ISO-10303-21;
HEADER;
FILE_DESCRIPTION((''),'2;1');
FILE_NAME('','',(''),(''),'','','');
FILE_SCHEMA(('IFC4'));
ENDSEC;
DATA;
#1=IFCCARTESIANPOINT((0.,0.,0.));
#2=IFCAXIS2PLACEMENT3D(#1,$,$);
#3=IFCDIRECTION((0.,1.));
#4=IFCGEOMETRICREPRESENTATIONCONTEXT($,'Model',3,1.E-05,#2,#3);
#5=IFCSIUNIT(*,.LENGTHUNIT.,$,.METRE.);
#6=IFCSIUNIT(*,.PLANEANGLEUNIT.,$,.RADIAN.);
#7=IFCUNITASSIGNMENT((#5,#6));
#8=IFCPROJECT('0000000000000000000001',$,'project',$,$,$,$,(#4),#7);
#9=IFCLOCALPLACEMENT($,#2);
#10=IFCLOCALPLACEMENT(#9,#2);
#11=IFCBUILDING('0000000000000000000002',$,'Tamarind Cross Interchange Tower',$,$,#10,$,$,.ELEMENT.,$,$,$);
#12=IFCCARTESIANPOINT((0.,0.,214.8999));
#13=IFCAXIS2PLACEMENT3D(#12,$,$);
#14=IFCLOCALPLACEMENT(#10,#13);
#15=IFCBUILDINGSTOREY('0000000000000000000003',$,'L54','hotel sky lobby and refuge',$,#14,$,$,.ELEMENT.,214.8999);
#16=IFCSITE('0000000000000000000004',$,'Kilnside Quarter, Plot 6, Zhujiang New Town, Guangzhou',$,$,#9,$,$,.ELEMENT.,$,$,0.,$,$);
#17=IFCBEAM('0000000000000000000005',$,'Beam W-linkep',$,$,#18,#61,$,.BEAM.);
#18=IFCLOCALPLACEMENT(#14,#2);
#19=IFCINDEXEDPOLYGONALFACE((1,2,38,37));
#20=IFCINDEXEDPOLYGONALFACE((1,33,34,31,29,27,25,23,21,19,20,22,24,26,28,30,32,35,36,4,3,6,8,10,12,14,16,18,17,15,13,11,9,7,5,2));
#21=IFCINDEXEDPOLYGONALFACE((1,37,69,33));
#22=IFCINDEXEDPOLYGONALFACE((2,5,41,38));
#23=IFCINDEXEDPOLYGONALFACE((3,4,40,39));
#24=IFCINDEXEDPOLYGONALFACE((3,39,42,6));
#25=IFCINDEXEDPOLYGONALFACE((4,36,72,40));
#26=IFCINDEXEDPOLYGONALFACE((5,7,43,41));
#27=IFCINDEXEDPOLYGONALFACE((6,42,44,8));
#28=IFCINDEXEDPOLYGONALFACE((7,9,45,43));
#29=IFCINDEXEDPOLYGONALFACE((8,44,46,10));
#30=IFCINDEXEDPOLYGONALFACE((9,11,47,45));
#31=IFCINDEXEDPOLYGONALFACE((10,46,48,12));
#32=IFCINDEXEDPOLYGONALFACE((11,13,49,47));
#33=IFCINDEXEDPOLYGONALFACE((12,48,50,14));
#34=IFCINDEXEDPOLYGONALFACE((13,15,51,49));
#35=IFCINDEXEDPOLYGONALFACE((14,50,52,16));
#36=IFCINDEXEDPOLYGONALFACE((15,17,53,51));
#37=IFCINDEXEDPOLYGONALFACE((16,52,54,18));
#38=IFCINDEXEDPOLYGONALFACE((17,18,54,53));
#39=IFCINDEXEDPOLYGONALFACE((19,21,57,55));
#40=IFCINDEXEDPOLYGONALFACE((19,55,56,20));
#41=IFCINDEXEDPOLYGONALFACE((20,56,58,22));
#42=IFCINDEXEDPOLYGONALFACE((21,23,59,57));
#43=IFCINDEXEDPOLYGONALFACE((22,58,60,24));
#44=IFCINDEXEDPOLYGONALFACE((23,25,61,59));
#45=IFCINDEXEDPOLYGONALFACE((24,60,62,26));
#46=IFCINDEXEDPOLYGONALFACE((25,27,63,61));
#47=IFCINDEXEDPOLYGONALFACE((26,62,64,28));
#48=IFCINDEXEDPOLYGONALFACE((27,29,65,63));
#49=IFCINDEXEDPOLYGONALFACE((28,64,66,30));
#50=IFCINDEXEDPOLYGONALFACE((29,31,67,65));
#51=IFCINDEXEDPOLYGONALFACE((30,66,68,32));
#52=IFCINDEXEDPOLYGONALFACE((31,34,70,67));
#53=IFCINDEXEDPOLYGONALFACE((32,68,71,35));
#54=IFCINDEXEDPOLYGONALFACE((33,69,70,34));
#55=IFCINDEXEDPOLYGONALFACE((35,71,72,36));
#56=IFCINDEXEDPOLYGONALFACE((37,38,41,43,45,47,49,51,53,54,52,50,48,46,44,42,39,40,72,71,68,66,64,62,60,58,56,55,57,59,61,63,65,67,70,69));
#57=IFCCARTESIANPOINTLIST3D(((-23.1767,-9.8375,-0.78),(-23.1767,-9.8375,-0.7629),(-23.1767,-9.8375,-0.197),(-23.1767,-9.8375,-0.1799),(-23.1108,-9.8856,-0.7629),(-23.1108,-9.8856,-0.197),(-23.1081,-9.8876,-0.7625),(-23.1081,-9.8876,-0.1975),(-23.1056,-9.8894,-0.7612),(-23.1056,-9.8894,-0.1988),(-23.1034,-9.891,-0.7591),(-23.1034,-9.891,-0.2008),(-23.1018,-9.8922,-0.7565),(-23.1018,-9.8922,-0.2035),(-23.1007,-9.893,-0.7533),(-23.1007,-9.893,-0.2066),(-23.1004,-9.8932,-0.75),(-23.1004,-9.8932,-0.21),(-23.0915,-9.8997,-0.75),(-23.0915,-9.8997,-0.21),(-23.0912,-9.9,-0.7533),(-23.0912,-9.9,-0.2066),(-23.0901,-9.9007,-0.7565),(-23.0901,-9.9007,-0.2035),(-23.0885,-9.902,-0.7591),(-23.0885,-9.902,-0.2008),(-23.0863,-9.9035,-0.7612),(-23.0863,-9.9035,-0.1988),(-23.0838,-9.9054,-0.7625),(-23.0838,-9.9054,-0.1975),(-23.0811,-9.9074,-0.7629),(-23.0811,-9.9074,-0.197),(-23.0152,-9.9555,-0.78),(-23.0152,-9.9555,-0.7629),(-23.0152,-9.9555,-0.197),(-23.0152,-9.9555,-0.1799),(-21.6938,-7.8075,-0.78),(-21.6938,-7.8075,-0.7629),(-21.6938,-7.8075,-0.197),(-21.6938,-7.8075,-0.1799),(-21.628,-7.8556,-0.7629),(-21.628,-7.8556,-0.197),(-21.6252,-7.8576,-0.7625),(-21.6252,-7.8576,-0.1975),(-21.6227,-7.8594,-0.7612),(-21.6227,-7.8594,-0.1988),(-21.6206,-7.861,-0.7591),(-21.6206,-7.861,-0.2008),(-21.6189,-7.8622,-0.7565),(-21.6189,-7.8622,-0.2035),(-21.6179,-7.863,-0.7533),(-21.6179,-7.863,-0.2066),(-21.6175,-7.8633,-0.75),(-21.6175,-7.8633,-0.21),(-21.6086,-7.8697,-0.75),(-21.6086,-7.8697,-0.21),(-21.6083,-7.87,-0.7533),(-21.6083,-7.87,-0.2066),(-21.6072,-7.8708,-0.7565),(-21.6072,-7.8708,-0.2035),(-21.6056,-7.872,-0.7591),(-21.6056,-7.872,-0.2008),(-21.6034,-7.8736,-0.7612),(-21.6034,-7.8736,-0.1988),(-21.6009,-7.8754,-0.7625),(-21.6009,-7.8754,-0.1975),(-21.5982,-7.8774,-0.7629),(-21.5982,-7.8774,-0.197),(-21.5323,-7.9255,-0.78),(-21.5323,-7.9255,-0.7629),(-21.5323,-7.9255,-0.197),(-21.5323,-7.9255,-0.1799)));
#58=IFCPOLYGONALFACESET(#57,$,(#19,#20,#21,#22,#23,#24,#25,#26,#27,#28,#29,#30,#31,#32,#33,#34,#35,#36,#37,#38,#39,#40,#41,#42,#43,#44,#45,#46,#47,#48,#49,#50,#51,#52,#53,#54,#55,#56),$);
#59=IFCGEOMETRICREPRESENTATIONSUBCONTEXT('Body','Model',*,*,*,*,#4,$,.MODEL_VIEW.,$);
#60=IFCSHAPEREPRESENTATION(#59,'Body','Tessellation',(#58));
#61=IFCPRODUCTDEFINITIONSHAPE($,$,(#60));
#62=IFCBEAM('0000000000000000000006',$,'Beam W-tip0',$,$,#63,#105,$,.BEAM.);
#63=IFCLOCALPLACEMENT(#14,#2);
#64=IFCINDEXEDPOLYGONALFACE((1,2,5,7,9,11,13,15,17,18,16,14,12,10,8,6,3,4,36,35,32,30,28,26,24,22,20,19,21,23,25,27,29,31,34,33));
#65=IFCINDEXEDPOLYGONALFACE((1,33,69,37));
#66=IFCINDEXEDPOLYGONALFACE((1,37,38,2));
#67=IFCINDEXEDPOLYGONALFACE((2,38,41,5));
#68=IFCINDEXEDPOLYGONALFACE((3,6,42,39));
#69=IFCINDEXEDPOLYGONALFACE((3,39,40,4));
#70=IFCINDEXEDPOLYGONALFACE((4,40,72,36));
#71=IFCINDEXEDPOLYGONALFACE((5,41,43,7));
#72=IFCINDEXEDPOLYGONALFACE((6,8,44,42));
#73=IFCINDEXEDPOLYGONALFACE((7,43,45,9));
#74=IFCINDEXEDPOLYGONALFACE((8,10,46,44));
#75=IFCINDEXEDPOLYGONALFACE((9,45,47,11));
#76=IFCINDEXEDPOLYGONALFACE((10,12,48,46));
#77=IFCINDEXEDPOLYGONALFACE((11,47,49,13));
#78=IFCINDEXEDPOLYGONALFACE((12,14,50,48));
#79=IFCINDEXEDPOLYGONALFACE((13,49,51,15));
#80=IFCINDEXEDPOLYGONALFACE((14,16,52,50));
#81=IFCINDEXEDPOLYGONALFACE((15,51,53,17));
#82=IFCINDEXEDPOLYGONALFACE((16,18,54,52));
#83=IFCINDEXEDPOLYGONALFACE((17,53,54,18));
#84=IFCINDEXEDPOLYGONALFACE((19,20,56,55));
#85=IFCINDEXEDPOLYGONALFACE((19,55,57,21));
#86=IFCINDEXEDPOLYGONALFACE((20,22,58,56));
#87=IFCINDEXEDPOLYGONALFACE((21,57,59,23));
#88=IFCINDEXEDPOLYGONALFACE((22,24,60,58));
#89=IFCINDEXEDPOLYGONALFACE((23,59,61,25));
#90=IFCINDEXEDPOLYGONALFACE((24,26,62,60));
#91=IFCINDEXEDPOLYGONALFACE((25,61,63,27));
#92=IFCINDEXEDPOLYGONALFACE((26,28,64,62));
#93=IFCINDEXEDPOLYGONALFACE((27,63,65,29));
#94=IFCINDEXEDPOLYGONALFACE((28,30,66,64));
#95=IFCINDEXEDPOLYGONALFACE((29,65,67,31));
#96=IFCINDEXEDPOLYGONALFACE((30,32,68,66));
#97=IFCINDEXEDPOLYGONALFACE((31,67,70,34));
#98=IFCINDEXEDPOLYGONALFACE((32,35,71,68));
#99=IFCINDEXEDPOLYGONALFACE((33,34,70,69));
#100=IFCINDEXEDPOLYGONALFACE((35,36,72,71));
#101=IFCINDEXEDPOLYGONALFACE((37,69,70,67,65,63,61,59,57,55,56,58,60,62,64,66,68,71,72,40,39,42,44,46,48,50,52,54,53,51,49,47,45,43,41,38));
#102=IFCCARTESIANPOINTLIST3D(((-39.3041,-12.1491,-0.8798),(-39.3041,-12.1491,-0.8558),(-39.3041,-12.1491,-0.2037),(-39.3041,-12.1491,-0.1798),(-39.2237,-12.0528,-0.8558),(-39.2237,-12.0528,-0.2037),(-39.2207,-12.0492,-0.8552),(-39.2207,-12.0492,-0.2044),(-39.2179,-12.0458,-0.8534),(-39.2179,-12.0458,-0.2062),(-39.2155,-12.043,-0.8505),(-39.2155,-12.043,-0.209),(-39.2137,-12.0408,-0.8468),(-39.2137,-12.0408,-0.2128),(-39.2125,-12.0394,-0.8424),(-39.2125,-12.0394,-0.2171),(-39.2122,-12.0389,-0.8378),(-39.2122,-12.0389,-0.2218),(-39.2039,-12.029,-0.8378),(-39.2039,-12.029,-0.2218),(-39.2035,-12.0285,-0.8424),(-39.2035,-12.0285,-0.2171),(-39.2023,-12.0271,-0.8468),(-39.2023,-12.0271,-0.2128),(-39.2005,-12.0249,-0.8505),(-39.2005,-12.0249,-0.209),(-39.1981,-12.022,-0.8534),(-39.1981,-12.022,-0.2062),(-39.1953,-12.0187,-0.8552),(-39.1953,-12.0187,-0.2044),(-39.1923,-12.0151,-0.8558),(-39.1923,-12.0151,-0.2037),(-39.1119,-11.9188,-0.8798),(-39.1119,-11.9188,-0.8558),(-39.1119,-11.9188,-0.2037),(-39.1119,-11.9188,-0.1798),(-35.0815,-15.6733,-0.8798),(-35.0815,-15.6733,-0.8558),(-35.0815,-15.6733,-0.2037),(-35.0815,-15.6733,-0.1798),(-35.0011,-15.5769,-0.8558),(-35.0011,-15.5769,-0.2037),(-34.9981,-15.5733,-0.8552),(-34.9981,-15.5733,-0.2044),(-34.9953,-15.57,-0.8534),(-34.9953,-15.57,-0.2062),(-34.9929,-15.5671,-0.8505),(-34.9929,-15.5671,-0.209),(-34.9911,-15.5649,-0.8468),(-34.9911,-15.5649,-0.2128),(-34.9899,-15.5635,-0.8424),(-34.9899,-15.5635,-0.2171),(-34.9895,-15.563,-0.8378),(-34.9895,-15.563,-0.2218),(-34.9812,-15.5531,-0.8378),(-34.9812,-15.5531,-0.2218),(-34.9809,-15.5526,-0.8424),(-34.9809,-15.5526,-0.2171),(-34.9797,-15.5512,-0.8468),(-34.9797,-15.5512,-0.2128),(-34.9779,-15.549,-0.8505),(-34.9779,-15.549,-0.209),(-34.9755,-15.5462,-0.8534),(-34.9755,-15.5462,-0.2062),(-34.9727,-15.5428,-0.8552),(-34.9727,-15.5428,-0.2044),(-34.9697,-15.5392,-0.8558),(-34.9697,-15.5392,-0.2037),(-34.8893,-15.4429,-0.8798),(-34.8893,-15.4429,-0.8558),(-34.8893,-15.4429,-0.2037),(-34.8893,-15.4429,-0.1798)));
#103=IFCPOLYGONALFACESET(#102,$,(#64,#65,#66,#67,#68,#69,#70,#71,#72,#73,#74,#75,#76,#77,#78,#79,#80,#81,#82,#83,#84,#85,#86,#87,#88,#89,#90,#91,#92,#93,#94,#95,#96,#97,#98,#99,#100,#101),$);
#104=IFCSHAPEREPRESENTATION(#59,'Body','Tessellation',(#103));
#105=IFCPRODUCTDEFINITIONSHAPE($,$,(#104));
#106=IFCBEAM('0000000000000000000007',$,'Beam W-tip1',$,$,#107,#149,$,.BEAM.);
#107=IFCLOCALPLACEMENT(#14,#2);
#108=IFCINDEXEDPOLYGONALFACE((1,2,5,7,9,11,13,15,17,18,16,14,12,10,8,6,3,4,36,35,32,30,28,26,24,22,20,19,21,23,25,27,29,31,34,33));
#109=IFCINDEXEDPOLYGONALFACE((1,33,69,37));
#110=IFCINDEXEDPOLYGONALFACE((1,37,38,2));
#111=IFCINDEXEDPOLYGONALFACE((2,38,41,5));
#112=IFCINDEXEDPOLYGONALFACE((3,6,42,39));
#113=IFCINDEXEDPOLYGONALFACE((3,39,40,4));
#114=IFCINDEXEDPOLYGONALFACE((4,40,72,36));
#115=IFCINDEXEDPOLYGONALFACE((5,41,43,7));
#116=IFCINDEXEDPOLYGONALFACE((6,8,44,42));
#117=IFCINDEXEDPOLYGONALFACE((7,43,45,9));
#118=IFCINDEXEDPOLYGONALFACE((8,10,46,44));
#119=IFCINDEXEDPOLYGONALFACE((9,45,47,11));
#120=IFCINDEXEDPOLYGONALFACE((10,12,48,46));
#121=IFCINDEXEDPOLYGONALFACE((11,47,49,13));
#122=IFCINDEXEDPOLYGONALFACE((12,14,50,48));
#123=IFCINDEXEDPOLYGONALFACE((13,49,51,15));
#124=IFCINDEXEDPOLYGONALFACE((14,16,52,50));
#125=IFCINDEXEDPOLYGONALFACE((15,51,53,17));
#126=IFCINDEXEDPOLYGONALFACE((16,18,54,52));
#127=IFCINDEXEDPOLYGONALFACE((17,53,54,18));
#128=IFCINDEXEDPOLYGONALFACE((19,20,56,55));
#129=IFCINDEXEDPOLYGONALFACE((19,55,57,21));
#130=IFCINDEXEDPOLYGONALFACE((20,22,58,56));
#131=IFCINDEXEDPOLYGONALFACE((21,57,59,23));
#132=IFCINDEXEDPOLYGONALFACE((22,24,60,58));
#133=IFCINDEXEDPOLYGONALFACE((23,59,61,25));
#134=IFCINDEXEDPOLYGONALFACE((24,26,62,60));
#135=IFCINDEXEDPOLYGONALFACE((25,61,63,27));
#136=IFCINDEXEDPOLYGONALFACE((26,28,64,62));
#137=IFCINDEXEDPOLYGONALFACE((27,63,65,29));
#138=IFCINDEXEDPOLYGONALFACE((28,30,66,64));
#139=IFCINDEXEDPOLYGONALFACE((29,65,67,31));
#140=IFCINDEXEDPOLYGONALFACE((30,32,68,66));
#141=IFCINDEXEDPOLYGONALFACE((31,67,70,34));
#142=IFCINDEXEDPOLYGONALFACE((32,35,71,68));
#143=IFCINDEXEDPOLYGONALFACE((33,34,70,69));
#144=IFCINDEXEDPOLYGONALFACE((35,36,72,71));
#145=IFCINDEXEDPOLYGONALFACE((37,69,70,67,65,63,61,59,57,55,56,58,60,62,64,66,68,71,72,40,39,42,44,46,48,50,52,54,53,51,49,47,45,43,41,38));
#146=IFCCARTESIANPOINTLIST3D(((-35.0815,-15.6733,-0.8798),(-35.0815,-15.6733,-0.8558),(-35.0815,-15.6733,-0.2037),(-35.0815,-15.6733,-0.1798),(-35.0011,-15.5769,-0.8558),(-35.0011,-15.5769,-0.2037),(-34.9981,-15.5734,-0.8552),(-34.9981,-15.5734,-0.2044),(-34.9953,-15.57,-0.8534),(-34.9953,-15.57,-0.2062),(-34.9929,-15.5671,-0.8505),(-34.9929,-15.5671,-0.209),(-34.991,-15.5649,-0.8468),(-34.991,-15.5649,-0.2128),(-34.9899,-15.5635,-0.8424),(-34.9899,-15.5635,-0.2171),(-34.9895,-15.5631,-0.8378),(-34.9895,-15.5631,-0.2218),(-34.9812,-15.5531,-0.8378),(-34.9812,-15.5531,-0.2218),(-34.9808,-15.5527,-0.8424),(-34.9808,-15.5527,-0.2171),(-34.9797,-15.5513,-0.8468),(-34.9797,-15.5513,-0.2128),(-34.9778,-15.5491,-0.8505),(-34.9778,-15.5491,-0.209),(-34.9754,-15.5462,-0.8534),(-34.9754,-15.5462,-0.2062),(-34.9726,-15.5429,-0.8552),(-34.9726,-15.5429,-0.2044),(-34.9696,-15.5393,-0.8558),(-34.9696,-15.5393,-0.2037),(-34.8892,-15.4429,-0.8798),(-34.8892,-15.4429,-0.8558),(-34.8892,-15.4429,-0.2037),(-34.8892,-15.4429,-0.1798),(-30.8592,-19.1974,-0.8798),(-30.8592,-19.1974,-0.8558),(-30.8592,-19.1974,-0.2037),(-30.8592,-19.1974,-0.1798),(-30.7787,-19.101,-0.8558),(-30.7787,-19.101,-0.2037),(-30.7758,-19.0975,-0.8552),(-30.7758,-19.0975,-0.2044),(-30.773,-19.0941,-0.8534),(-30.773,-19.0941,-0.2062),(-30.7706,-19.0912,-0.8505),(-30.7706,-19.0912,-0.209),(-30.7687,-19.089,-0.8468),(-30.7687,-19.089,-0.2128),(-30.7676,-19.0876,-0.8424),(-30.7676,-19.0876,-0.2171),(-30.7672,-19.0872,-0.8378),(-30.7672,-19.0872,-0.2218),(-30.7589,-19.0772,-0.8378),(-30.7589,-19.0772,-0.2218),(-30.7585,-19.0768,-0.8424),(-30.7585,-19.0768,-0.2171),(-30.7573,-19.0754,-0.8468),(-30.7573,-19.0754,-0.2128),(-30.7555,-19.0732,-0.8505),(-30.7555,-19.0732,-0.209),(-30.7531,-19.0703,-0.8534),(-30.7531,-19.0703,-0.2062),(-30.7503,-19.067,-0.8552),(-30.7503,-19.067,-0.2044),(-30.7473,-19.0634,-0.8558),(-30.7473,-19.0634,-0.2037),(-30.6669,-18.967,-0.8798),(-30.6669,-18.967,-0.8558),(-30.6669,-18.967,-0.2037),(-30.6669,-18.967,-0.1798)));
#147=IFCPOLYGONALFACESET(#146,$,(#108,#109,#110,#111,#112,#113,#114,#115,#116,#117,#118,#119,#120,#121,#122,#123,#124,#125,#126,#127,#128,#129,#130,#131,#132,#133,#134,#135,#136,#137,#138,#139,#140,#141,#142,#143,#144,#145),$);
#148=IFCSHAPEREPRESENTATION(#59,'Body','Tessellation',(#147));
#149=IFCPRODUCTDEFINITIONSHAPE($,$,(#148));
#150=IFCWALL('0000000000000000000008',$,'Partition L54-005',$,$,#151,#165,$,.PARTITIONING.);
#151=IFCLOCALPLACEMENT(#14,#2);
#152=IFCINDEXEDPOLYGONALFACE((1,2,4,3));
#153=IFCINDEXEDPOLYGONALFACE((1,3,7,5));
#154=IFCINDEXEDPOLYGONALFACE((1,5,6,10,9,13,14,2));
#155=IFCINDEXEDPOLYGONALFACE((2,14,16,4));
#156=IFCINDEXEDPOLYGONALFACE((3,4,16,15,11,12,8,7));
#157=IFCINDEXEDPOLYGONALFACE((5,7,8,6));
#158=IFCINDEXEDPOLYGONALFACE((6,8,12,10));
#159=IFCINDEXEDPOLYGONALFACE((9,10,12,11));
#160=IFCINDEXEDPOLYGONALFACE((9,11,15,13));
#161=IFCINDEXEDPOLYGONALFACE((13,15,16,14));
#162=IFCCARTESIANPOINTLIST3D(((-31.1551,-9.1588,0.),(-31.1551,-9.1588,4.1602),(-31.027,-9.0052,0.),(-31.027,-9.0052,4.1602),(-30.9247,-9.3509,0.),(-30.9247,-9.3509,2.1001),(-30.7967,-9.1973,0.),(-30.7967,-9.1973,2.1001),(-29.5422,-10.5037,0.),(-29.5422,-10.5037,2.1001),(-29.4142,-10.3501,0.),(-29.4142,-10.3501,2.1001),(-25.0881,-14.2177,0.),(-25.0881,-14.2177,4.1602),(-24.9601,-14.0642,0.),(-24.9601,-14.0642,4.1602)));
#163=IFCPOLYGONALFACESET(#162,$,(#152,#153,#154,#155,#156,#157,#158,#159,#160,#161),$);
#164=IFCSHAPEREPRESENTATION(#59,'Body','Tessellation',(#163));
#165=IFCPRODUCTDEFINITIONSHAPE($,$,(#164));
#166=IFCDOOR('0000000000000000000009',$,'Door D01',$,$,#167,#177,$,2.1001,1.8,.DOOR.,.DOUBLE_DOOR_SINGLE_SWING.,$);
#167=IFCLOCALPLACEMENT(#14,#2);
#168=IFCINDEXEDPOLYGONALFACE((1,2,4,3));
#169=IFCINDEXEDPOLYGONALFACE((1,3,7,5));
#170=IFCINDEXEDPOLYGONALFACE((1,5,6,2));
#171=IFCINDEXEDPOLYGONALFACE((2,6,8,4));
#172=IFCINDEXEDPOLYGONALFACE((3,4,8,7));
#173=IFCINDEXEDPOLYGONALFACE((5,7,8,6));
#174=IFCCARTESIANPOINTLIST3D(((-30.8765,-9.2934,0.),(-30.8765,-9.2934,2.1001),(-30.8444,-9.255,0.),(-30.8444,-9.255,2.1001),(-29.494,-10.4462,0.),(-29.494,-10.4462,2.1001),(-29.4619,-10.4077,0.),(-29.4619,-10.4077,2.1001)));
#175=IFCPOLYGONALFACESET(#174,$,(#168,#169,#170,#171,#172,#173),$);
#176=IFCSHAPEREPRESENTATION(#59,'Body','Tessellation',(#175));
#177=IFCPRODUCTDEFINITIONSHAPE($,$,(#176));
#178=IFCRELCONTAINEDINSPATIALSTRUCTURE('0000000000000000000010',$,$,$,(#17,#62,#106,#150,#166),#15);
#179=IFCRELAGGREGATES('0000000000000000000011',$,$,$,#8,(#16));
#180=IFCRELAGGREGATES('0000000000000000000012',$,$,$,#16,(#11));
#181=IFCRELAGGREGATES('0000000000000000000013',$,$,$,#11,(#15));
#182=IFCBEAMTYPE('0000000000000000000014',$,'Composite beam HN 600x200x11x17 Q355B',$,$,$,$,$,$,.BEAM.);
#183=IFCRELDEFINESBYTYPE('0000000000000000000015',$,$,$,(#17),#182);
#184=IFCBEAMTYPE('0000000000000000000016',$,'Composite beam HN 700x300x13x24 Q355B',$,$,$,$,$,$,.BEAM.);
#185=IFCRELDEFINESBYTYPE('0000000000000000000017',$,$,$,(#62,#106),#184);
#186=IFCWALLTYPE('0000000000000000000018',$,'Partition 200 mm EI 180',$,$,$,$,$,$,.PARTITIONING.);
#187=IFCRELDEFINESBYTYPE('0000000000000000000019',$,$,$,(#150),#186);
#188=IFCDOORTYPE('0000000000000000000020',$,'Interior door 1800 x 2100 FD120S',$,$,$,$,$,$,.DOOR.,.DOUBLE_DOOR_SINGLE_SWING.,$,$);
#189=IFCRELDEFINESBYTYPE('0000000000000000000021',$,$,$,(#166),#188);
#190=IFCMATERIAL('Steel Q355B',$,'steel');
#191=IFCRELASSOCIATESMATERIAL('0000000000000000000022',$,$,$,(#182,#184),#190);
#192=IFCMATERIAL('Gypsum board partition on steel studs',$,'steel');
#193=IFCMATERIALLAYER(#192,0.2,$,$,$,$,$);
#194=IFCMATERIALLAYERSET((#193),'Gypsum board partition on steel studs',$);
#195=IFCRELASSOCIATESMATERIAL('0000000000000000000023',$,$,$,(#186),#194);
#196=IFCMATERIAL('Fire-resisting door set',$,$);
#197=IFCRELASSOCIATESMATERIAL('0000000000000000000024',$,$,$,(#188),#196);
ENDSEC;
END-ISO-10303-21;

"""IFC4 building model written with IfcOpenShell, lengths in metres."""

from ifc_helpers import new_model, si_unit, direction, frame, frame_2d, origin, origin_2d, place, context, subcontext, project, spatial, rectangle, i_section, extrude, material, layer, layer_set, material_profile, profile_set, type_object, element, fill, save


model = new_model("IFC4")

# Units and contexts
model_context = context("Model", 3, precision=1e-05, world=origin(), true_north=direction((0.0, 1.0)))
body_context = subcontext(model_context, "Body", "Model", "MODEL_VIEW")
ifc_project = project(units=[si_unit("LENGTHUNIT", "METRE"), si_unit("PLANEANGLEUNIT", "RADIAN")], contexts=[model_context])

# Site, building, storey
site_placement = place(None, origin())
site = spatial("IfcSite", under=ifc_project, at=site_placement, Name="Kilnside Quarter, Plot 6, Zhujiang New Town, Guangzhou", CompositionType="ELEMENT", RefElevation=0.0)
building_placement = place(site_placement, origin())
building = spatial("IfcBuilding", under=site, at=building_placement, Name="Tamarind Cross Interchange Tower", CompositionType="ELEMENT")
storey_placement = place(building_placement, frame((0.0, 0.0, 214.8999)))
storey = spatial("IfcBuildingStorey", under=building, at=storey_placement, Name="L54", Description="hotel sky lobby and refuge", CompositionType="ELEMENT", Elevation=214.8999)

# Beams
ifc_material_1 = material(Name="Steel Q355B", Category="steel")
ifc_material_profile_1 = material_profile(ifc_material_1, i_section(OverallWidth=0.2, OverallDepth=0.6001, WebThickness=0.011, FlangeThickness=0.0171, FilletRadius=0.0129, at=origin_2d()), Name="HN 600x200x11x17")
ifc_profile_set_1 = profile_set([ifc_material_profile_1], Name="Steel Q355B")
beam_type_1 = type_object("IfcBeamType", Name="Composite beam HN 600x200x11x17 Q355B", PredefinedType="BEAM", material=ifc_profile_set_1)
beam_1_placement = place(storey_placement, frame((-23.0959, -9.8965, -0.48), z_axis=(0.589868, 0.8075, 0.0), x_axis=(-0.8075, 0.589868, 0.0)))
element("IfcBeam", 1, at=beam_1_placement, inside=storey, type_object=beam_type_1, Name="Beam W-linkep", PredefinedType="BEAM", context=body_context, shape_type="SweptSolid", body=[
    extrude(i_section(OverallWidth=0.2, OverallDepth=0.6001, WebThickness=0.011, FlangeThickness=0.0171, FilletRadius=0.0129, at=origin_2d()), origin(), (0.0, 0.0, 1.0), 2.5139),
])
ifc_material_profile_2 = material_profile(ifc_material_1, i_section(OverallWidth=0.3, OverallDepth=0.7, WebThickness=0.0129, FlangeThickness=0.0239, FilletRadius=0.0181, at=origin_2d()), Name="HN 700x300x13x24")
ifc_profile_set_2 = profile_set([ifc_material_profile_2], Name="Steel Q355B")
beam_type_2 = type_object("IfcBeamType", Name="Composite beam HN 700x300x13x24 Q355B", PredefinedType="BEAM", material=ifc_profile_set_2)
beam_2_placement = place(storey_placement, frame((-39.208, -12.0339, -0.5298), z_axis=(0.767748, -0.640752, 0.0), x_axis=(0.640752, 0.767748, 0.0)))
element("IfcBeam", 2, at=beam_2_placement, inside=storey, type_object=beam_type_2, Name="Beam W-tip0", PredefinedType="BEAM", context=body_context, shape_type="SweptSolid", body=[
    extrude(i_section(OverallWidth=0.3, OverallDepth=0.7, WebThickness=0.0129, FlangeThickness=0.0239, FilletRadius=0.0181, at=origin_2d()), origin(), (0.0, 0.0, 1.0), 5.5),
])
beam_3_placement = place(storey_placement, frame((-34.9854, -15.5581, -0.5298), z_axis=(0.76773, -0.640774, 0.0), x_axis=(0.640774, 0.76773, 0.0)))
element("IfcBeam", 3, at=beam_3_placement, inside=storey, type_object=beam_type_2, Name="Beam W-tip1", PredefinedType="BEAM", context=body_context, shape_type="SweptSolid", body=[
    extrude(i_section(OverallWidth=0.3, OverallDepth=0.7, WebThickness=0.0129, FlangeThickness=0.0239, FilletRadius=0.0181, at=origin_2d()), origin(), (0.0, 0.0, 1.0), 5.4998),
])

# Wall, opening, door
ifc_material_2 = material(Name="Gypsum board partition on steel studs", Category="steel")
ifc_layer_1 = layer(ifc_material_2, 0.2)
ifc_layer_set_1 = layer_set([ifc_layer_1], Name="Gypsum board partition on steel studs")
wall_type_1 = type_object("IfcWallType", Name="Partition 200 mm EI 180", PredefinedType="PARTITIONING", material=ifc_layer_set_1)
wall_1_placement = place(storey_placement, frame((-31.0911, -9.082, 0.0), z_axis=(0.0, 0.0, 1.0), x_axis=(0.768029, -0.640415, 0.0)))
wall_1 = element("IfcWall", 4, at=wall_1_placement, inside=storey, type_object=wall_type_1, Name="Partition L54-005", PredefinedType="PARTITIONING", context=body_context, shape_type="SweptSolid", body=[
    extrude(rectangle(XDim=7.8994, YDim=0.2, at=frame_2d((3.9497, 0.0))), origin(), (0.0, 0.0, 1.0), 4.1602),
])
opening_1_placement = place(wall_1_placement, frame((0.3, 0.0, 0.0)))
opening_1 = element("IfcOpeningElement", 5, at=opening_1_placement, cuts=wall_1, PredefinedType="OPENING", context=body_context, shape_type="SweptSolid", body=[
    extrude(rectangle(XDim=1.8, YDim=2.1001, at=frame_2d((0.8999, 1.05))), frame((0.0, 0.1099, 0.0), z_axis=(0.0, -1.0, 0.0), x_axis=(1.0, 0.0, 0.0)), (0.0, 0.0, 1.0), 0.22),
])
ifc_material_3 = material(Name="Fire-resisting door set")
door_type = type_object("IfcDoorType", Name="Interior door 1800 x 2100 FD120S", OperationType="DOUBLE_DOOR_SINGLE_SWING", PredefinedType="DOOR", material=ifc_material_3)
door_1_placement = place(opening_1_placement, frame((1.8, 0.0, 0.0), z_axis=(0.0, 0.0, 1.0), x_axis=(-1.0, 0.0, 0.0)))
door_1 = element("IfcDoor", 6, at=door_1_placement, inside=storey, type_object=door_type, Name="Door D01", OperationType="DOUBLE_DOOR_SINGLE_SWING", OverallHeight=2.1001, OverallWidth=1.8, PredefinedType="DOOR", context=body_context, shape_type="SweptSolid", body=[
    extrude(rectangle(XDim=1.8, YDim=2.1001, at=frame_2d((0.8999, 1.05))), frame((0.0, 0.0249, 0.0), z_axis=(0.0, -1.0, 0.0), x_axis=(1.0, 0.0, 0.0)), (0.0, 0.0, 1.0), 0.05),
])
fill(opening_1, door_1)

save(model, "model.ifc")
